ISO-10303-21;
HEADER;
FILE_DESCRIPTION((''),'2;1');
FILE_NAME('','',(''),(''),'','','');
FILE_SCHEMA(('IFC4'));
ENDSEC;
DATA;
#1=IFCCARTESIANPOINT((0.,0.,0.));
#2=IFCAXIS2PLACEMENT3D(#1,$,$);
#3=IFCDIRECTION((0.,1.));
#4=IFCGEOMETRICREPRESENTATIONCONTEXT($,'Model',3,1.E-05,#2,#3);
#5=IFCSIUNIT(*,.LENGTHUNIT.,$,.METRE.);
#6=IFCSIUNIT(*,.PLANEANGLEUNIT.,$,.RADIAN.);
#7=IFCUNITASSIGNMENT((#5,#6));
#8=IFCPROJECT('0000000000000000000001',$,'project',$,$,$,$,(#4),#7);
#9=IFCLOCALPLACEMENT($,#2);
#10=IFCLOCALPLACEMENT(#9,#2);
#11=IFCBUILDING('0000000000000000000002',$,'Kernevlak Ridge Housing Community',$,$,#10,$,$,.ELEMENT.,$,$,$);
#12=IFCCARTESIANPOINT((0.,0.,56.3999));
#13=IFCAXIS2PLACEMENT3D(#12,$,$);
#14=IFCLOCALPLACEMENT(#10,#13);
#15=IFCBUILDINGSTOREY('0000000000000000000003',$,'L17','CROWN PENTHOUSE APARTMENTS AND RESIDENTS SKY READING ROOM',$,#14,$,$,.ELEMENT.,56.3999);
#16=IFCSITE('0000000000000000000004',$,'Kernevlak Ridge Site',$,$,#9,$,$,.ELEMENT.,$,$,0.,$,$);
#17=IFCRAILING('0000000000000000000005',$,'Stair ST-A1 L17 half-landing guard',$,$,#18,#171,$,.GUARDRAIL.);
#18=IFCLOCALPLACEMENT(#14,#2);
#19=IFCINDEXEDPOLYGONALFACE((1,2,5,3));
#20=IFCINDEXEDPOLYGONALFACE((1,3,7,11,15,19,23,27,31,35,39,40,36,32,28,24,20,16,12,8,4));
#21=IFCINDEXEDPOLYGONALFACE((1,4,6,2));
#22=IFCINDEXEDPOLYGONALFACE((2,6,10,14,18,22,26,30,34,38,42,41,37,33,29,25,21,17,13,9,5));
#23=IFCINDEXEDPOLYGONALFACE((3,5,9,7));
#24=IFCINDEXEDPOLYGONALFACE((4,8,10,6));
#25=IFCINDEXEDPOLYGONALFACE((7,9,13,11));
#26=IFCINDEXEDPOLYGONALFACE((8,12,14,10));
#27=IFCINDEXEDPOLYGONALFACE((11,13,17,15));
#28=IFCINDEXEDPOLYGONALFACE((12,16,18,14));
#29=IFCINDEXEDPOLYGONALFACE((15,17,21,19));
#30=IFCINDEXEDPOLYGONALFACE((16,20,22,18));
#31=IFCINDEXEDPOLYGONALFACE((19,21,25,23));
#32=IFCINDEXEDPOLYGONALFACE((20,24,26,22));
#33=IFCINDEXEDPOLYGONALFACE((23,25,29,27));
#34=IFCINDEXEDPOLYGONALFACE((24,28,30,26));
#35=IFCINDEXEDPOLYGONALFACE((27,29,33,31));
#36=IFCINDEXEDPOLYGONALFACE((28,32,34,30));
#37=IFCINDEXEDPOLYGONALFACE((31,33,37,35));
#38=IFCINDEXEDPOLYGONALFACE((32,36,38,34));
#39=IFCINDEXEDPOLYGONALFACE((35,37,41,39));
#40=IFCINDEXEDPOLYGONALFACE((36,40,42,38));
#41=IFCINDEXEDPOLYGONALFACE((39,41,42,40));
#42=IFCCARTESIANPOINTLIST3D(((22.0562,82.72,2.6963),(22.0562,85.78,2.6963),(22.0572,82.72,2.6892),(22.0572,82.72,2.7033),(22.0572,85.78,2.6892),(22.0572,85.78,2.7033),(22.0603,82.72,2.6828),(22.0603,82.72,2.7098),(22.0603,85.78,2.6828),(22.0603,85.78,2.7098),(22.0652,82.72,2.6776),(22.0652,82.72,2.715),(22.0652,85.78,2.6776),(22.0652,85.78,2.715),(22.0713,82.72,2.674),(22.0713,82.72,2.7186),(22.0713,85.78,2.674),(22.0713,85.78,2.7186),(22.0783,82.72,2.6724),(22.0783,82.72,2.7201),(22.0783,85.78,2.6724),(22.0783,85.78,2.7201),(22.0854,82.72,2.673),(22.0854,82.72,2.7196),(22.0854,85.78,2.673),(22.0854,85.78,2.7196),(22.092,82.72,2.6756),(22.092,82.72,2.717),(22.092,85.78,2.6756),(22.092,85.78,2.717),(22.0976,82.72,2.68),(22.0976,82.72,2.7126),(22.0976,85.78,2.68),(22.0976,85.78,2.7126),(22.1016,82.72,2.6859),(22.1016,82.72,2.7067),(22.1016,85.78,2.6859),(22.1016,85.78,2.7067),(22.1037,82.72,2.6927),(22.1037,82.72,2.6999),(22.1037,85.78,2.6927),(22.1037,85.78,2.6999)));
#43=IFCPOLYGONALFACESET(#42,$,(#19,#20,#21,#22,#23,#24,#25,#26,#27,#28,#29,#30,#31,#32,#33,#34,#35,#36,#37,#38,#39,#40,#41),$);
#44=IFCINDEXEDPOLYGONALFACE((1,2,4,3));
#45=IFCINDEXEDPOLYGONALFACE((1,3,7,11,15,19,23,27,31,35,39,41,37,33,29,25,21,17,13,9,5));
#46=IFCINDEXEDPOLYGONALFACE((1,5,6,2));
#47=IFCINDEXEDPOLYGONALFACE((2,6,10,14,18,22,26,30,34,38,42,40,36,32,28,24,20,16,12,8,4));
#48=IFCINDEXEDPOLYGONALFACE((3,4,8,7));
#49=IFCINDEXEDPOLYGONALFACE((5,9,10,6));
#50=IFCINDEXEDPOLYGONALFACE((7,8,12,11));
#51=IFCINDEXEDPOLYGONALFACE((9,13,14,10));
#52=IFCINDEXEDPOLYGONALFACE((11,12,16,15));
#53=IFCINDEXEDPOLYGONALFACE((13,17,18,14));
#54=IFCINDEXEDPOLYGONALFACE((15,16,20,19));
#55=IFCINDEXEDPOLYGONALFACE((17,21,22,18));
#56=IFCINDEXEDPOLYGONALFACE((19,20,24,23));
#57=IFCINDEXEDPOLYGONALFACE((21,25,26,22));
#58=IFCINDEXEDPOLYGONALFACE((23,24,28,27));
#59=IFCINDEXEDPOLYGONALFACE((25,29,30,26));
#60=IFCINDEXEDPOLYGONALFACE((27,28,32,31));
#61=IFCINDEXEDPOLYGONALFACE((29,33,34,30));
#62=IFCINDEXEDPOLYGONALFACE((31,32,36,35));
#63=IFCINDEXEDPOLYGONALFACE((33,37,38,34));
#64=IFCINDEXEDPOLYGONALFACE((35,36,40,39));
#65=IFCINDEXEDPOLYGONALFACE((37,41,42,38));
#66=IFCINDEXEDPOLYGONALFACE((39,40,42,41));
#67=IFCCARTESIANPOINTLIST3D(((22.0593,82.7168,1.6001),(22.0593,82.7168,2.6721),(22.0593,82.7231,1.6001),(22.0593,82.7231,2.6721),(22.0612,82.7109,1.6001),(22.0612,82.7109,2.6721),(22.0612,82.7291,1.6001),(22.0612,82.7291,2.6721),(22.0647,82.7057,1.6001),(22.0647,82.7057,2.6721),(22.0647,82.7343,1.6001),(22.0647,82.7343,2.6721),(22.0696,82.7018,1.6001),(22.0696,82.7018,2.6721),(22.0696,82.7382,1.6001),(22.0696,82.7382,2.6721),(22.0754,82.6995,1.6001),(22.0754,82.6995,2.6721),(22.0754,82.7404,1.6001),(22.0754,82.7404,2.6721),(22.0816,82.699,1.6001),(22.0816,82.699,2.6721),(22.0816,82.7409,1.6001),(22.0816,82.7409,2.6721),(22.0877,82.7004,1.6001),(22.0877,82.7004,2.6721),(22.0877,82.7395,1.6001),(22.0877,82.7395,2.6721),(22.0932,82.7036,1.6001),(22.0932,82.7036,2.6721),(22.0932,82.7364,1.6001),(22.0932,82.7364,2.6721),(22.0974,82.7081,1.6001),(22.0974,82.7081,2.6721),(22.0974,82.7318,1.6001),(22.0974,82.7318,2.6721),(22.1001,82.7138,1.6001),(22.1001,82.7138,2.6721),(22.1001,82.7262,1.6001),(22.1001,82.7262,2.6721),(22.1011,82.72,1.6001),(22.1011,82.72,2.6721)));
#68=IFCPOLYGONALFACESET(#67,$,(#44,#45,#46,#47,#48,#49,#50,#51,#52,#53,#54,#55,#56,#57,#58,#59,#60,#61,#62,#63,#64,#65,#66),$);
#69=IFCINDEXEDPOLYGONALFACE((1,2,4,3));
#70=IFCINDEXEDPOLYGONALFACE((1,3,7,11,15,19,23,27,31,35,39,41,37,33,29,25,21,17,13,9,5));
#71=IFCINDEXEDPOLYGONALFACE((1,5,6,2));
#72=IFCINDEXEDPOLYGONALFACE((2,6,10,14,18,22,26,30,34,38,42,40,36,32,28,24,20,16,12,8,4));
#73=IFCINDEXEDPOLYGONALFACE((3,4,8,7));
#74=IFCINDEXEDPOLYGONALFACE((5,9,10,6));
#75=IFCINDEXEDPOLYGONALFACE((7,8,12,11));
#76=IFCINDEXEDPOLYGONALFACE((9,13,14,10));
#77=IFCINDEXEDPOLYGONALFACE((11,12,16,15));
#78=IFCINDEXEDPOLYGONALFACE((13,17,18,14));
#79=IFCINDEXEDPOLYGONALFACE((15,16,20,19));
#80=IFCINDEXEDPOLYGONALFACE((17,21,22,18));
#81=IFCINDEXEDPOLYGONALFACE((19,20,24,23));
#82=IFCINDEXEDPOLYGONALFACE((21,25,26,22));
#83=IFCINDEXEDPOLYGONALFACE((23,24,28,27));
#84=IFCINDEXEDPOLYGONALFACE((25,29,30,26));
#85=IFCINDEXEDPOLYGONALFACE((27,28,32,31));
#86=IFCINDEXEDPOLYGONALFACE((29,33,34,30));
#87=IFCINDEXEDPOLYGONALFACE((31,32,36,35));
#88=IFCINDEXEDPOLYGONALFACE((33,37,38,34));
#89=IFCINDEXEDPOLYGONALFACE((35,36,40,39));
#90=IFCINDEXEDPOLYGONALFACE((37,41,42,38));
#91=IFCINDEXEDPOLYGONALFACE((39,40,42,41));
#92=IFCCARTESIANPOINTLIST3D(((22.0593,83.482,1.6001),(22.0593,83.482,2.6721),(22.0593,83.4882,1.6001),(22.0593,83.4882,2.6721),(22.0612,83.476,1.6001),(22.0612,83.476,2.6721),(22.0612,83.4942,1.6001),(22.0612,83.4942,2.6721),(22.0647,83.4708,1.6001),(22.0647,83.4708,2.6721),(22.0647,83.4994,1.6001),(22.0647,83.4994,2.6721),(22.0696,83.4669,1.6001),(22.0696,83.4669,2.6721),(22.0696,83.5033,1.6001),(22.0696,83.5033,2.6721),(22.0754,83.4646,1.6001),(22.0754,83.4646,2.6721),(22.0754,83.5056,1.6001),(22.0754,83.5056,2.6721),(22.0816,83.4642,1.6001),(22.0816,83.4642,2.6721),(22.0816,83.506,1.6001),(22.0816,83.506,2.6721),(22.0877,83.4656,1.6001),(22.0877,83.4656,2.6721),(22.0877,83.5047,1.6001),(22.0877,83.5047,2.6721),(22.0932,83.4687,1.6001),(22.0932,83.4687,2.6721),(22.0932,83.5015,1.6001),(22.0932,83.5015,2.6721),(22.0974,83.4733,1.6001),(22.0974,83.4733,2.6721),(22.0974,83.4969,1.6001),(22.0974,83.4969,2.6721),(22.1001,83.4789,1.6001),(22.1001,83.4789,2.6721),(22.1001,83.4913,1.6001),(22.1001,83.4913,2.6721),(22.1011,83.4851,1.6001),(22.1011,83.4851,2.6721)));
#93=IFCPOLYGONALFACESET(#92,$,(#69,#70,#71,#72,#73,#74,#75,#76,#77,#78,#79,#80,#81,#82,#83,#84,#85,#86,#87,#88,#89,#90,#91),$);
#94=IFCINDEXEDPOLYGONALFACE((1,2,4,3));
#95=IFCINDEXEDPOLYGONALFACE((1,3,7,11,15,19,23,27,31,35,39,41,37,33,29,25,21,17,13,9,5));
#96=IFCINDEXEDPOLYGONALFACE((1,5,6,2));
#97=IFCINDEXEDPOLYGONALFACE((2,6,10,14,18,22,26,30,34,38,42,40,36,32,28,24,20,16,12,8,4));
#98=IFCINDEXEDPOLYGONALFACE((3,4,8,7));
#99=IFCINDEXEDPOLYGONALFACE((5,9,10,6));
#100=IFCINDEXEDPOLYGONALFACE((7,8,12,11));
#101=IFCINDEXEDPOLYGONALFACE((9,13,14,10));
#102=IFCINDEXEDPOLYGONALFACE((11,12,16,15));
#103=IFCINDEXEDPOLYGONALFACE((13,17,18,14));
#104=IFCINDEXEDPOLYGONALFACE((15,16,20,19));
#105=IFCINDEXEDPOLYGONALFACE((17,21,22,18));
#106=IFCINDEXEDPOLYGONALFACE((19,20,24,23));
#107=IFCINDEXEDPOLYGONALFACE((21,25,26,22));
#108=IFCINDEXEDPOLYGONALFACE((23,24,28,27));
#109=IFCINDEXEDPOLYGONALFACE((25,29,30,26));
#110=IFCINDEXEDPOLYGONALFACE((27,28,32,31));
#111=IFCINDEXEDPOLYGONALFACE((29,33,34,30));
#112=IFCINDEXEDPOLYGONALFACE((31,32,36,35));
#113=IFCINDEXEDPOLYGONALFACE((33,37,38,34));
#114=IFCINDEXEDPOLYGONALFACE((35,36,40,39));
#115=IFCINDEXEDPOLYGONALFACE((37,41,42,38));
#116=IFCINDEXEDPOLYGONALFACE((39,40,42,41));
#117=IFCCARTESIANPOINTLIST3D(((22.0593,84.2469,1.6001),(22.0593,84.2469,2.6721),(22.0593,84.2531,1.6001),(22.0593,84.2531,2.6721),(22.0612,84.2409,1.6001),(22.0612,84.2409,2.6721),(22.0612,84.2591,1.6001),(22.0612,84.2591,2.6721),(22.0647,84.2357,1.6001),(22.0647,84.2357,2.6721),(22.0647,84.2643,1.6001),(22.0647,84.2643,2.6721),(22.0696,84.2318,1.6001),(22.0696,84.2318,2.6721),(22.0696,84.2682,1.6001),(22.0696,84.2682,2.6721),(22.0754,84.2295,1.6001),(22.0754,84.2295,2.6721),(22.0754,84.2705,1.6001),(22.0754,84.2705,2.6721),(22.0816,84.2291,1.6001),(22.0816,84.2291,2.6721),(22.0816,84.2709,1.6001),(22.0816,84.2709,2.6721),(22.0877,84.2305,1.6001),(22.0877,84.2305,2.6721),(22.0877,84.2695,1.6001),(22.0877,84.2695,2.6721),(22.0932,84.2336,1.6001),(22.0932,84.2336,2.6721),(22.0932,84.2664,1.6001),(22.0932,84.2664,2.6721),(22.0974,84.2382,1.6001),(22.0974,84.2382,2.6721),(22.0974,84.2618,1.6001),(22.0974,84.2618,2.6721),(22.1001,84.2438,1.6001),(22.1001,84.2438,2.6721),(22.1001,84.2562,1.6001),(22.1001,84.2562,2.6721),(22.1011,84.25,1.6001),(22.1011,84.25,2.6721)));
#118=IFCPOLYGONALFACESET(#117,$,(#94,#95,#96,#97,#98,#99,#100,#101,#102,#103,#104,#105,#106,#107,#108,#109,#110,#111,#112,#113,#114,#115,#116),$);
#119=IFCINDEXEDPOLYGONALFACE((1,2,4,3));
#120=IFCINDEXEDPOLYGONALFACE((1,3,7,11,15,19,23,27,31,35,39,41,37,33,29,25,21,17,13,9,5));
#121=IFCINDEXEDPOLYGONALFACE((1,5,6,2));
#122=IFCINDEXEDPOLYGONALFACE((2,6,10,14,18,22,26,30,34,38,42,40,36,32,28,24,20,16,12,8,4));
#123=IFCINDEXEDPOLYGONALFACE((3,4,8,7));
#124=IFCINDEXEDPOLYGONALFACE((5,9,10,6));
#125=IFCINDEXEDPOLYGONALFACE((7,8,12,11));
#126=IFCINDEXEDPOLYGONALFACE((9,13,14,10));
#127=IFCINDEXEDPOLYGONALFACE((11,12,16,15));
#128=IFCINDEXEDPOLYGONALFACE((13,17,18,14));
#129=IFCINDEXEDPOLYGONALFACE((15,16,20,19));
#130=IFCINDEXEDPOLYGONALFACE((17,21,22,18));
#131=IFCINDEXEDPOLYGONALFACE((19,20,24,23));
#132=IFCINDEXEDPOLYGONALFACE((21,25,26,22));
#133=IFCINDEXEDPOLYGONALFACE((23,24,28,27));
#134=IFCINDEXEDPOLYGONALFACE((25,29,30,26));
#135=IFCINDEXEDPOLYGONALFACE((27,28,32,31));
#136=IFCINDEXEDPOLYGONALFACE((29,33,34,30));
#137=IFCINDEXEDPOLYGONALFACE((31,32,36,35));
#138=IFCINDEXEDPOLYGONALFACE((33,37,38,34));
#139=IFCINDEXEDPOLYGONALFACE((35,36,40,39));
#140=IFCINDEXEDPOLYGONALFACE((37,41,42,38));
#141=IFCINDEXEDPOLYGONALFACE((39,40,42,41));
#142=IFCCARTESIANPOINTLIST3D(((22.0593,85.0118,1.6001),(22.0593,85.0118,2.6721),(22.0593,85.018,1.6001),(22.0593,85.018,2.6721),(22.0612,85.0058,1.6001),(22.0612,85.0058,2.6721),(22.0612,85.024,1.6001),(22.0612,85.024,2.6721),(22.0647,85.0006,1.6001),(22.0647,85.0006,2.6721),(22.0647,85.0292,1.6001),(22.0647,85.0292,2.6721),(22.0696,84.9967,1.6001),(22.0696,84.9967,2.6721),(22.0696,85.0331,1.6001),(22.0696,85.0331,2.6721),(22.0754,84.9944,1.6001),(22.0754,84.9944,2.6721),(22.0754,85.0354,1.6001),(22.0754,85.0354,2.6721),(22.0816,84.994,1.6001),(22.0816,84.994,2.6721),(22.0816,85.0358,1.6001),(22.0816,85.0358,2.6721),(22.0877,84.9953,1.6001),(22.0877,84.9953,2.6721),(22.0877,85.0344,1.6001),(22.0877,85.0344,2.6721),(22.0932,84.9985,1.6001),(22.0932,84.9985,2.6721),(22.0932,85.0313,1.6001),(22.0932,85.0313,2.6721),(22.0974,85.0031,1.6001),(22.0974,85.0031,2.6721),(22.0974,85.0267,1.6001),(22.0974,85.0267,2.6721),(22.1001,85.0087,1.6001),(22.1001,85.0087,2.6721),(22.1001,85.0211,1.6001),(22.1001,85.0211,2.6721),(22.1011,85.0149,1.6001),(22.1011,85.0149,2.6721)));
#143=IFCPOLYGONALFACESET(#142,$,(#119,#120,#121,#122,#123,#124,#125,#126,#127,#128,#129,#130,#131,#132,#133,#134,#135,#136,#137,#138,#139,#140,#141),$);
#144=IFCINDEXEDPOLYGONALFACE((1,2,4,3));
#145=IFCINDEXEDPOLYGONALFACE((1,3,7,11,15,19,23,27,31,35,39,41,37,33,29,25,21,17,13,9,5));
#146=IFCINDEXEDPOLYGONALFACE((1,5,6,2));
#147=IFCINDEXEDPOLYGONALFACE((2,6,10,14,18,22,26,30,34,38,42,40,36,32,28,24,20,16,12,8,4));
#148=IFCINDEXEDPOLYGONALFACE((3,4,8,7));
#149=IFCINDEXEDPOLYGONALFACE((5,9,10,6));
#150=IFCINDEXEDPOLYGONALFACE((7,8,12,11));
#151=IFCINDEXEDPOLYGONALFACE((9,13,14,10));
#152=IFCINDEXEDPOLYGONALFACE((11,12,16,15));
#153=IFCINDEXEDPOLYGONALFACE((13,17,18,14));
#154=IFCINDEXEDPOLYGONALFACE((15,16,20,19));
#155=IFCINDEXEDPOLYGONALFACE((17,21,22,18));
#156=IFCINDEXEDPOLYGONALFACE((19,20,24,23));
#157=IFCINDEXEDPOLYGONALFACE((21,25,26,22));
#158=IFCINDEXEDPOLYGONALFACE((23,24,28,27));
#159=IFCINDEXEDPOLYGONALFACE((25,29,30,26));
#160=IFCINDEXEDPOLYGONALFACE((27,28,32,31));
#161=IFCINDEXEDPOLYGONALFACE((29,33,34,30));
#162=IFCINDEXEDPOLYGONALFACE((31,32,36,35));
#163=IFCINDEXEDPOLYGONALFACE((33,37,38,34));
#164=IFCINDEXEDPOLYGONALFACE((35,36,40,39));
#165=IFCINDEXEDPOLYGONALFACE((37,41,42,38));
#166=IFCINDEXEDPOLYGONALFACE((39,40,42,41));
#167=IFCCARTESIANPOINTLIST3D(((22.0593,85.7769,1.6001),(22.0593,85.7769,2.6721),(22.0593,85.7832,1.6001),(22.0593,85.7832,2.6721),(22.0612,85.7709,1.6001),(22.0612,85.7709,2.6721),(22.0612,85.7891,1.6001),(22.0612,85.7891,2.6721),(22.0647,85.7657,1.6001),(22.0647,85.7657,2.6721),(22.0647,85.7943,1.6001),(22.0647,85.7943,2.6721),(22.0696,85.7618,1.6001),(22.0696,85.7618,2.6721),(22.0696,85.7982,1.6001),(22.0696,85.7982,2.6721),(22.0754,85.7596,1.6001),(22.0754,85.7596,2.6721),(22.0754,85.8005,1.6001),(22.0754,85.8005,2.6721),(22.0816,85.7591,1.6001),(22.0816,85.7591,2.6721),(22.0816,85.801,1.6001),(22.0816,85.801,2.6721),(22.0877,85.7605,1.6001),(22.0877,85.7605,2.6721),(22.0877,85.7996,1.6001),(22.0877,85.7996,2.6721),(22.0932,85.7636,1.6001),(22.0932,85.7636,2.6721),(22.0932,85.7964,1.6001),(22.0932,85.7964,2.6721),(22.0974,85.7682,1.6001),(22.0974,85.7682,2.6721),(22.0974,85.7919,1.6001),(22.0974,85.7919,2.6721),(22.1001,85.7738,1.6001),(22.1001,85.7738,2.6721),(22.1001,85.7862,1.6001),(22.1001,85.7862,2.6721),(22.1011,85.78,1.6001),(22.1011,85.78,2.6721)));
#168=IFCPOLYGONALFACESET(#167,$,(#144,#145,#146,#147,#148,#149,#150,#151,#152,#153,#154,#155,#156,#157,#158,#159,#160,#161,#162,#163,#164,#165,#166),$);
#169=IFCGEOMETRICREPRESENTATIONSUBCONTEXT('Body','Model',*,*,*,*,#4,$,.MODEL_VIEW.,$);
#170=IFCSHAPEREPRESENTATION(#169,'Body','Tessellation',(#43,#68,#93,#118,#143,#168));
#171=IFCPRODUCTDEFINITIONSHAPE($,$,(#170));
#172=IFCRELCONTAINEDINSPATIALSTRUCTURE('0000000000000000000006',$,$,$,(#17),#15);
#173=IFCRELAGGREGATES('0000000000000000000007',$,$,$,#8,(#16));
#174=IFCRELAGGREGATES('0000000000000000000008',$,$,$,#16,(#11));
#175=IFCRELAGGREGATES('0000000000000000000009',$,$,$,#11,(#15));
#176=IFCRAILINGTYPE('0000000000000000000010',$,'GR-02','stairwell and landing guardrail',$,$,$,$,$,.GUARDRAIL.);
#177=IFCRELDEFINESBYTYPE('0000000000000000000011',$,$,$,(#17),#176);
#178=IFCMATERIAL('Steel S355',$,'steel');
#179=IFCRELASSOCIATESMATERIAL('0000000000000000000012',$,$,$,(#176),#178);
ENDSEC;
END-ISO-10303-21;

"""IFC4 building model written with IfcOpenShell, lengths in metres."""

from ifc_helpers import new_model, si_unit, direction, frame, origin, origin_2d, place, context, subcontext, project, spatial, circle, extrude, material, type_object, element, save


model = new_model("IFC4")

# Units and contexts
model_context = context("Model", 3, precision=1e-05, world=origin(), true_north=direction((0.0, 1.0)))
body_context = subcontext(model_context, "Body", "Model", "MODEL_VIEW")
ifc_project = project(units=[si_unit("LENGTHUNIT", "METRE"), si_unit("PLANEANGLEUNIT", "RADIAN")], contexts=[model_context])

# Site, building, storey
site_placement = place(None, origin())
site = spatial("IfcSite", under=ifc_project, at=site_placement, Name="Kernevlak Ridge Site", CompositionType="ELEMENT", RefElevation=0.0)
building_placement = place(site_placement, origin())
building = spatial("IfcBuilding", under=site, at=building_placement, Name="Kernevlak Ridge Housing Community", CompositionType="ELEMENT")
storey_placement = place(building_placement, frame((0.0, 0.0, 56.3999)))
storey = spatial("IfcBuildingStorey", under=building, at=storey_placement, Name="L17", Description="CROWN PENTHOUSE APARTMENTS AND RESIDENTS SKY READING ROOM", CompositionType="ELEMENT", Elevation=56.3999)

# Railing
ifc_material_1 = material(Name="Steel S355", Category="steel")
railing_type_1 = type_object("IfcRailingType", Name="GR-02", Description="stairwell and landing guardrail", PredefinedType="GUARDRAIL", material=ifc_material_1)
railing_1_placement = place(storey_placement, frame((22.0801, 82.72, 1.6001)))
element("IfcRailing", 1, at=railing_1_placement, inside=storey, type_object=railing_type_1, Name="Stair ST-A1 L17 half-landing guard", PredefinedType="GUARDRAIL", context=body_context, shape_type="SweptSolid", body=[
    extrude(circle(Radius=0.0239, at=origin_2d()), frame((0.0, 0.0, 1.0962), z_axis=(0.0, 1.0, 0.0), x_axis=(-1.0, 0.0, 0.0)), (0.0, 0.0, 1.0), 3.0601),
    extrude(circle(Radius=0.021, at=origin_2d()), origin(), (0.0, 0.0, 1.0), 1.072),
    extrude(circle(Radius=0.021, at=origin_2d()), frame((0.0, 0.7651, 0.0)), (0.0, 0.0, 1.0), 1.072),
    extrude(circle(Radius=0.021, at=origin_2d()), frame((0.0, 1.53, 0.0)), (0.0, 0.0, 1.0), 1.072),
    extrude(circle(Radius=0.021, at=origin_2d()), frame((0.0, 2.2949, 0.0)), (0.0, 0.0, 1.0), 1.072),
    extrude(circle(Radius=0.021, at=origin_2d()), frame((0.0, 3.0601, 0.0)), (0.0, 0.0, 1.0), 1.072),
])

save(model, "model.ifc")
